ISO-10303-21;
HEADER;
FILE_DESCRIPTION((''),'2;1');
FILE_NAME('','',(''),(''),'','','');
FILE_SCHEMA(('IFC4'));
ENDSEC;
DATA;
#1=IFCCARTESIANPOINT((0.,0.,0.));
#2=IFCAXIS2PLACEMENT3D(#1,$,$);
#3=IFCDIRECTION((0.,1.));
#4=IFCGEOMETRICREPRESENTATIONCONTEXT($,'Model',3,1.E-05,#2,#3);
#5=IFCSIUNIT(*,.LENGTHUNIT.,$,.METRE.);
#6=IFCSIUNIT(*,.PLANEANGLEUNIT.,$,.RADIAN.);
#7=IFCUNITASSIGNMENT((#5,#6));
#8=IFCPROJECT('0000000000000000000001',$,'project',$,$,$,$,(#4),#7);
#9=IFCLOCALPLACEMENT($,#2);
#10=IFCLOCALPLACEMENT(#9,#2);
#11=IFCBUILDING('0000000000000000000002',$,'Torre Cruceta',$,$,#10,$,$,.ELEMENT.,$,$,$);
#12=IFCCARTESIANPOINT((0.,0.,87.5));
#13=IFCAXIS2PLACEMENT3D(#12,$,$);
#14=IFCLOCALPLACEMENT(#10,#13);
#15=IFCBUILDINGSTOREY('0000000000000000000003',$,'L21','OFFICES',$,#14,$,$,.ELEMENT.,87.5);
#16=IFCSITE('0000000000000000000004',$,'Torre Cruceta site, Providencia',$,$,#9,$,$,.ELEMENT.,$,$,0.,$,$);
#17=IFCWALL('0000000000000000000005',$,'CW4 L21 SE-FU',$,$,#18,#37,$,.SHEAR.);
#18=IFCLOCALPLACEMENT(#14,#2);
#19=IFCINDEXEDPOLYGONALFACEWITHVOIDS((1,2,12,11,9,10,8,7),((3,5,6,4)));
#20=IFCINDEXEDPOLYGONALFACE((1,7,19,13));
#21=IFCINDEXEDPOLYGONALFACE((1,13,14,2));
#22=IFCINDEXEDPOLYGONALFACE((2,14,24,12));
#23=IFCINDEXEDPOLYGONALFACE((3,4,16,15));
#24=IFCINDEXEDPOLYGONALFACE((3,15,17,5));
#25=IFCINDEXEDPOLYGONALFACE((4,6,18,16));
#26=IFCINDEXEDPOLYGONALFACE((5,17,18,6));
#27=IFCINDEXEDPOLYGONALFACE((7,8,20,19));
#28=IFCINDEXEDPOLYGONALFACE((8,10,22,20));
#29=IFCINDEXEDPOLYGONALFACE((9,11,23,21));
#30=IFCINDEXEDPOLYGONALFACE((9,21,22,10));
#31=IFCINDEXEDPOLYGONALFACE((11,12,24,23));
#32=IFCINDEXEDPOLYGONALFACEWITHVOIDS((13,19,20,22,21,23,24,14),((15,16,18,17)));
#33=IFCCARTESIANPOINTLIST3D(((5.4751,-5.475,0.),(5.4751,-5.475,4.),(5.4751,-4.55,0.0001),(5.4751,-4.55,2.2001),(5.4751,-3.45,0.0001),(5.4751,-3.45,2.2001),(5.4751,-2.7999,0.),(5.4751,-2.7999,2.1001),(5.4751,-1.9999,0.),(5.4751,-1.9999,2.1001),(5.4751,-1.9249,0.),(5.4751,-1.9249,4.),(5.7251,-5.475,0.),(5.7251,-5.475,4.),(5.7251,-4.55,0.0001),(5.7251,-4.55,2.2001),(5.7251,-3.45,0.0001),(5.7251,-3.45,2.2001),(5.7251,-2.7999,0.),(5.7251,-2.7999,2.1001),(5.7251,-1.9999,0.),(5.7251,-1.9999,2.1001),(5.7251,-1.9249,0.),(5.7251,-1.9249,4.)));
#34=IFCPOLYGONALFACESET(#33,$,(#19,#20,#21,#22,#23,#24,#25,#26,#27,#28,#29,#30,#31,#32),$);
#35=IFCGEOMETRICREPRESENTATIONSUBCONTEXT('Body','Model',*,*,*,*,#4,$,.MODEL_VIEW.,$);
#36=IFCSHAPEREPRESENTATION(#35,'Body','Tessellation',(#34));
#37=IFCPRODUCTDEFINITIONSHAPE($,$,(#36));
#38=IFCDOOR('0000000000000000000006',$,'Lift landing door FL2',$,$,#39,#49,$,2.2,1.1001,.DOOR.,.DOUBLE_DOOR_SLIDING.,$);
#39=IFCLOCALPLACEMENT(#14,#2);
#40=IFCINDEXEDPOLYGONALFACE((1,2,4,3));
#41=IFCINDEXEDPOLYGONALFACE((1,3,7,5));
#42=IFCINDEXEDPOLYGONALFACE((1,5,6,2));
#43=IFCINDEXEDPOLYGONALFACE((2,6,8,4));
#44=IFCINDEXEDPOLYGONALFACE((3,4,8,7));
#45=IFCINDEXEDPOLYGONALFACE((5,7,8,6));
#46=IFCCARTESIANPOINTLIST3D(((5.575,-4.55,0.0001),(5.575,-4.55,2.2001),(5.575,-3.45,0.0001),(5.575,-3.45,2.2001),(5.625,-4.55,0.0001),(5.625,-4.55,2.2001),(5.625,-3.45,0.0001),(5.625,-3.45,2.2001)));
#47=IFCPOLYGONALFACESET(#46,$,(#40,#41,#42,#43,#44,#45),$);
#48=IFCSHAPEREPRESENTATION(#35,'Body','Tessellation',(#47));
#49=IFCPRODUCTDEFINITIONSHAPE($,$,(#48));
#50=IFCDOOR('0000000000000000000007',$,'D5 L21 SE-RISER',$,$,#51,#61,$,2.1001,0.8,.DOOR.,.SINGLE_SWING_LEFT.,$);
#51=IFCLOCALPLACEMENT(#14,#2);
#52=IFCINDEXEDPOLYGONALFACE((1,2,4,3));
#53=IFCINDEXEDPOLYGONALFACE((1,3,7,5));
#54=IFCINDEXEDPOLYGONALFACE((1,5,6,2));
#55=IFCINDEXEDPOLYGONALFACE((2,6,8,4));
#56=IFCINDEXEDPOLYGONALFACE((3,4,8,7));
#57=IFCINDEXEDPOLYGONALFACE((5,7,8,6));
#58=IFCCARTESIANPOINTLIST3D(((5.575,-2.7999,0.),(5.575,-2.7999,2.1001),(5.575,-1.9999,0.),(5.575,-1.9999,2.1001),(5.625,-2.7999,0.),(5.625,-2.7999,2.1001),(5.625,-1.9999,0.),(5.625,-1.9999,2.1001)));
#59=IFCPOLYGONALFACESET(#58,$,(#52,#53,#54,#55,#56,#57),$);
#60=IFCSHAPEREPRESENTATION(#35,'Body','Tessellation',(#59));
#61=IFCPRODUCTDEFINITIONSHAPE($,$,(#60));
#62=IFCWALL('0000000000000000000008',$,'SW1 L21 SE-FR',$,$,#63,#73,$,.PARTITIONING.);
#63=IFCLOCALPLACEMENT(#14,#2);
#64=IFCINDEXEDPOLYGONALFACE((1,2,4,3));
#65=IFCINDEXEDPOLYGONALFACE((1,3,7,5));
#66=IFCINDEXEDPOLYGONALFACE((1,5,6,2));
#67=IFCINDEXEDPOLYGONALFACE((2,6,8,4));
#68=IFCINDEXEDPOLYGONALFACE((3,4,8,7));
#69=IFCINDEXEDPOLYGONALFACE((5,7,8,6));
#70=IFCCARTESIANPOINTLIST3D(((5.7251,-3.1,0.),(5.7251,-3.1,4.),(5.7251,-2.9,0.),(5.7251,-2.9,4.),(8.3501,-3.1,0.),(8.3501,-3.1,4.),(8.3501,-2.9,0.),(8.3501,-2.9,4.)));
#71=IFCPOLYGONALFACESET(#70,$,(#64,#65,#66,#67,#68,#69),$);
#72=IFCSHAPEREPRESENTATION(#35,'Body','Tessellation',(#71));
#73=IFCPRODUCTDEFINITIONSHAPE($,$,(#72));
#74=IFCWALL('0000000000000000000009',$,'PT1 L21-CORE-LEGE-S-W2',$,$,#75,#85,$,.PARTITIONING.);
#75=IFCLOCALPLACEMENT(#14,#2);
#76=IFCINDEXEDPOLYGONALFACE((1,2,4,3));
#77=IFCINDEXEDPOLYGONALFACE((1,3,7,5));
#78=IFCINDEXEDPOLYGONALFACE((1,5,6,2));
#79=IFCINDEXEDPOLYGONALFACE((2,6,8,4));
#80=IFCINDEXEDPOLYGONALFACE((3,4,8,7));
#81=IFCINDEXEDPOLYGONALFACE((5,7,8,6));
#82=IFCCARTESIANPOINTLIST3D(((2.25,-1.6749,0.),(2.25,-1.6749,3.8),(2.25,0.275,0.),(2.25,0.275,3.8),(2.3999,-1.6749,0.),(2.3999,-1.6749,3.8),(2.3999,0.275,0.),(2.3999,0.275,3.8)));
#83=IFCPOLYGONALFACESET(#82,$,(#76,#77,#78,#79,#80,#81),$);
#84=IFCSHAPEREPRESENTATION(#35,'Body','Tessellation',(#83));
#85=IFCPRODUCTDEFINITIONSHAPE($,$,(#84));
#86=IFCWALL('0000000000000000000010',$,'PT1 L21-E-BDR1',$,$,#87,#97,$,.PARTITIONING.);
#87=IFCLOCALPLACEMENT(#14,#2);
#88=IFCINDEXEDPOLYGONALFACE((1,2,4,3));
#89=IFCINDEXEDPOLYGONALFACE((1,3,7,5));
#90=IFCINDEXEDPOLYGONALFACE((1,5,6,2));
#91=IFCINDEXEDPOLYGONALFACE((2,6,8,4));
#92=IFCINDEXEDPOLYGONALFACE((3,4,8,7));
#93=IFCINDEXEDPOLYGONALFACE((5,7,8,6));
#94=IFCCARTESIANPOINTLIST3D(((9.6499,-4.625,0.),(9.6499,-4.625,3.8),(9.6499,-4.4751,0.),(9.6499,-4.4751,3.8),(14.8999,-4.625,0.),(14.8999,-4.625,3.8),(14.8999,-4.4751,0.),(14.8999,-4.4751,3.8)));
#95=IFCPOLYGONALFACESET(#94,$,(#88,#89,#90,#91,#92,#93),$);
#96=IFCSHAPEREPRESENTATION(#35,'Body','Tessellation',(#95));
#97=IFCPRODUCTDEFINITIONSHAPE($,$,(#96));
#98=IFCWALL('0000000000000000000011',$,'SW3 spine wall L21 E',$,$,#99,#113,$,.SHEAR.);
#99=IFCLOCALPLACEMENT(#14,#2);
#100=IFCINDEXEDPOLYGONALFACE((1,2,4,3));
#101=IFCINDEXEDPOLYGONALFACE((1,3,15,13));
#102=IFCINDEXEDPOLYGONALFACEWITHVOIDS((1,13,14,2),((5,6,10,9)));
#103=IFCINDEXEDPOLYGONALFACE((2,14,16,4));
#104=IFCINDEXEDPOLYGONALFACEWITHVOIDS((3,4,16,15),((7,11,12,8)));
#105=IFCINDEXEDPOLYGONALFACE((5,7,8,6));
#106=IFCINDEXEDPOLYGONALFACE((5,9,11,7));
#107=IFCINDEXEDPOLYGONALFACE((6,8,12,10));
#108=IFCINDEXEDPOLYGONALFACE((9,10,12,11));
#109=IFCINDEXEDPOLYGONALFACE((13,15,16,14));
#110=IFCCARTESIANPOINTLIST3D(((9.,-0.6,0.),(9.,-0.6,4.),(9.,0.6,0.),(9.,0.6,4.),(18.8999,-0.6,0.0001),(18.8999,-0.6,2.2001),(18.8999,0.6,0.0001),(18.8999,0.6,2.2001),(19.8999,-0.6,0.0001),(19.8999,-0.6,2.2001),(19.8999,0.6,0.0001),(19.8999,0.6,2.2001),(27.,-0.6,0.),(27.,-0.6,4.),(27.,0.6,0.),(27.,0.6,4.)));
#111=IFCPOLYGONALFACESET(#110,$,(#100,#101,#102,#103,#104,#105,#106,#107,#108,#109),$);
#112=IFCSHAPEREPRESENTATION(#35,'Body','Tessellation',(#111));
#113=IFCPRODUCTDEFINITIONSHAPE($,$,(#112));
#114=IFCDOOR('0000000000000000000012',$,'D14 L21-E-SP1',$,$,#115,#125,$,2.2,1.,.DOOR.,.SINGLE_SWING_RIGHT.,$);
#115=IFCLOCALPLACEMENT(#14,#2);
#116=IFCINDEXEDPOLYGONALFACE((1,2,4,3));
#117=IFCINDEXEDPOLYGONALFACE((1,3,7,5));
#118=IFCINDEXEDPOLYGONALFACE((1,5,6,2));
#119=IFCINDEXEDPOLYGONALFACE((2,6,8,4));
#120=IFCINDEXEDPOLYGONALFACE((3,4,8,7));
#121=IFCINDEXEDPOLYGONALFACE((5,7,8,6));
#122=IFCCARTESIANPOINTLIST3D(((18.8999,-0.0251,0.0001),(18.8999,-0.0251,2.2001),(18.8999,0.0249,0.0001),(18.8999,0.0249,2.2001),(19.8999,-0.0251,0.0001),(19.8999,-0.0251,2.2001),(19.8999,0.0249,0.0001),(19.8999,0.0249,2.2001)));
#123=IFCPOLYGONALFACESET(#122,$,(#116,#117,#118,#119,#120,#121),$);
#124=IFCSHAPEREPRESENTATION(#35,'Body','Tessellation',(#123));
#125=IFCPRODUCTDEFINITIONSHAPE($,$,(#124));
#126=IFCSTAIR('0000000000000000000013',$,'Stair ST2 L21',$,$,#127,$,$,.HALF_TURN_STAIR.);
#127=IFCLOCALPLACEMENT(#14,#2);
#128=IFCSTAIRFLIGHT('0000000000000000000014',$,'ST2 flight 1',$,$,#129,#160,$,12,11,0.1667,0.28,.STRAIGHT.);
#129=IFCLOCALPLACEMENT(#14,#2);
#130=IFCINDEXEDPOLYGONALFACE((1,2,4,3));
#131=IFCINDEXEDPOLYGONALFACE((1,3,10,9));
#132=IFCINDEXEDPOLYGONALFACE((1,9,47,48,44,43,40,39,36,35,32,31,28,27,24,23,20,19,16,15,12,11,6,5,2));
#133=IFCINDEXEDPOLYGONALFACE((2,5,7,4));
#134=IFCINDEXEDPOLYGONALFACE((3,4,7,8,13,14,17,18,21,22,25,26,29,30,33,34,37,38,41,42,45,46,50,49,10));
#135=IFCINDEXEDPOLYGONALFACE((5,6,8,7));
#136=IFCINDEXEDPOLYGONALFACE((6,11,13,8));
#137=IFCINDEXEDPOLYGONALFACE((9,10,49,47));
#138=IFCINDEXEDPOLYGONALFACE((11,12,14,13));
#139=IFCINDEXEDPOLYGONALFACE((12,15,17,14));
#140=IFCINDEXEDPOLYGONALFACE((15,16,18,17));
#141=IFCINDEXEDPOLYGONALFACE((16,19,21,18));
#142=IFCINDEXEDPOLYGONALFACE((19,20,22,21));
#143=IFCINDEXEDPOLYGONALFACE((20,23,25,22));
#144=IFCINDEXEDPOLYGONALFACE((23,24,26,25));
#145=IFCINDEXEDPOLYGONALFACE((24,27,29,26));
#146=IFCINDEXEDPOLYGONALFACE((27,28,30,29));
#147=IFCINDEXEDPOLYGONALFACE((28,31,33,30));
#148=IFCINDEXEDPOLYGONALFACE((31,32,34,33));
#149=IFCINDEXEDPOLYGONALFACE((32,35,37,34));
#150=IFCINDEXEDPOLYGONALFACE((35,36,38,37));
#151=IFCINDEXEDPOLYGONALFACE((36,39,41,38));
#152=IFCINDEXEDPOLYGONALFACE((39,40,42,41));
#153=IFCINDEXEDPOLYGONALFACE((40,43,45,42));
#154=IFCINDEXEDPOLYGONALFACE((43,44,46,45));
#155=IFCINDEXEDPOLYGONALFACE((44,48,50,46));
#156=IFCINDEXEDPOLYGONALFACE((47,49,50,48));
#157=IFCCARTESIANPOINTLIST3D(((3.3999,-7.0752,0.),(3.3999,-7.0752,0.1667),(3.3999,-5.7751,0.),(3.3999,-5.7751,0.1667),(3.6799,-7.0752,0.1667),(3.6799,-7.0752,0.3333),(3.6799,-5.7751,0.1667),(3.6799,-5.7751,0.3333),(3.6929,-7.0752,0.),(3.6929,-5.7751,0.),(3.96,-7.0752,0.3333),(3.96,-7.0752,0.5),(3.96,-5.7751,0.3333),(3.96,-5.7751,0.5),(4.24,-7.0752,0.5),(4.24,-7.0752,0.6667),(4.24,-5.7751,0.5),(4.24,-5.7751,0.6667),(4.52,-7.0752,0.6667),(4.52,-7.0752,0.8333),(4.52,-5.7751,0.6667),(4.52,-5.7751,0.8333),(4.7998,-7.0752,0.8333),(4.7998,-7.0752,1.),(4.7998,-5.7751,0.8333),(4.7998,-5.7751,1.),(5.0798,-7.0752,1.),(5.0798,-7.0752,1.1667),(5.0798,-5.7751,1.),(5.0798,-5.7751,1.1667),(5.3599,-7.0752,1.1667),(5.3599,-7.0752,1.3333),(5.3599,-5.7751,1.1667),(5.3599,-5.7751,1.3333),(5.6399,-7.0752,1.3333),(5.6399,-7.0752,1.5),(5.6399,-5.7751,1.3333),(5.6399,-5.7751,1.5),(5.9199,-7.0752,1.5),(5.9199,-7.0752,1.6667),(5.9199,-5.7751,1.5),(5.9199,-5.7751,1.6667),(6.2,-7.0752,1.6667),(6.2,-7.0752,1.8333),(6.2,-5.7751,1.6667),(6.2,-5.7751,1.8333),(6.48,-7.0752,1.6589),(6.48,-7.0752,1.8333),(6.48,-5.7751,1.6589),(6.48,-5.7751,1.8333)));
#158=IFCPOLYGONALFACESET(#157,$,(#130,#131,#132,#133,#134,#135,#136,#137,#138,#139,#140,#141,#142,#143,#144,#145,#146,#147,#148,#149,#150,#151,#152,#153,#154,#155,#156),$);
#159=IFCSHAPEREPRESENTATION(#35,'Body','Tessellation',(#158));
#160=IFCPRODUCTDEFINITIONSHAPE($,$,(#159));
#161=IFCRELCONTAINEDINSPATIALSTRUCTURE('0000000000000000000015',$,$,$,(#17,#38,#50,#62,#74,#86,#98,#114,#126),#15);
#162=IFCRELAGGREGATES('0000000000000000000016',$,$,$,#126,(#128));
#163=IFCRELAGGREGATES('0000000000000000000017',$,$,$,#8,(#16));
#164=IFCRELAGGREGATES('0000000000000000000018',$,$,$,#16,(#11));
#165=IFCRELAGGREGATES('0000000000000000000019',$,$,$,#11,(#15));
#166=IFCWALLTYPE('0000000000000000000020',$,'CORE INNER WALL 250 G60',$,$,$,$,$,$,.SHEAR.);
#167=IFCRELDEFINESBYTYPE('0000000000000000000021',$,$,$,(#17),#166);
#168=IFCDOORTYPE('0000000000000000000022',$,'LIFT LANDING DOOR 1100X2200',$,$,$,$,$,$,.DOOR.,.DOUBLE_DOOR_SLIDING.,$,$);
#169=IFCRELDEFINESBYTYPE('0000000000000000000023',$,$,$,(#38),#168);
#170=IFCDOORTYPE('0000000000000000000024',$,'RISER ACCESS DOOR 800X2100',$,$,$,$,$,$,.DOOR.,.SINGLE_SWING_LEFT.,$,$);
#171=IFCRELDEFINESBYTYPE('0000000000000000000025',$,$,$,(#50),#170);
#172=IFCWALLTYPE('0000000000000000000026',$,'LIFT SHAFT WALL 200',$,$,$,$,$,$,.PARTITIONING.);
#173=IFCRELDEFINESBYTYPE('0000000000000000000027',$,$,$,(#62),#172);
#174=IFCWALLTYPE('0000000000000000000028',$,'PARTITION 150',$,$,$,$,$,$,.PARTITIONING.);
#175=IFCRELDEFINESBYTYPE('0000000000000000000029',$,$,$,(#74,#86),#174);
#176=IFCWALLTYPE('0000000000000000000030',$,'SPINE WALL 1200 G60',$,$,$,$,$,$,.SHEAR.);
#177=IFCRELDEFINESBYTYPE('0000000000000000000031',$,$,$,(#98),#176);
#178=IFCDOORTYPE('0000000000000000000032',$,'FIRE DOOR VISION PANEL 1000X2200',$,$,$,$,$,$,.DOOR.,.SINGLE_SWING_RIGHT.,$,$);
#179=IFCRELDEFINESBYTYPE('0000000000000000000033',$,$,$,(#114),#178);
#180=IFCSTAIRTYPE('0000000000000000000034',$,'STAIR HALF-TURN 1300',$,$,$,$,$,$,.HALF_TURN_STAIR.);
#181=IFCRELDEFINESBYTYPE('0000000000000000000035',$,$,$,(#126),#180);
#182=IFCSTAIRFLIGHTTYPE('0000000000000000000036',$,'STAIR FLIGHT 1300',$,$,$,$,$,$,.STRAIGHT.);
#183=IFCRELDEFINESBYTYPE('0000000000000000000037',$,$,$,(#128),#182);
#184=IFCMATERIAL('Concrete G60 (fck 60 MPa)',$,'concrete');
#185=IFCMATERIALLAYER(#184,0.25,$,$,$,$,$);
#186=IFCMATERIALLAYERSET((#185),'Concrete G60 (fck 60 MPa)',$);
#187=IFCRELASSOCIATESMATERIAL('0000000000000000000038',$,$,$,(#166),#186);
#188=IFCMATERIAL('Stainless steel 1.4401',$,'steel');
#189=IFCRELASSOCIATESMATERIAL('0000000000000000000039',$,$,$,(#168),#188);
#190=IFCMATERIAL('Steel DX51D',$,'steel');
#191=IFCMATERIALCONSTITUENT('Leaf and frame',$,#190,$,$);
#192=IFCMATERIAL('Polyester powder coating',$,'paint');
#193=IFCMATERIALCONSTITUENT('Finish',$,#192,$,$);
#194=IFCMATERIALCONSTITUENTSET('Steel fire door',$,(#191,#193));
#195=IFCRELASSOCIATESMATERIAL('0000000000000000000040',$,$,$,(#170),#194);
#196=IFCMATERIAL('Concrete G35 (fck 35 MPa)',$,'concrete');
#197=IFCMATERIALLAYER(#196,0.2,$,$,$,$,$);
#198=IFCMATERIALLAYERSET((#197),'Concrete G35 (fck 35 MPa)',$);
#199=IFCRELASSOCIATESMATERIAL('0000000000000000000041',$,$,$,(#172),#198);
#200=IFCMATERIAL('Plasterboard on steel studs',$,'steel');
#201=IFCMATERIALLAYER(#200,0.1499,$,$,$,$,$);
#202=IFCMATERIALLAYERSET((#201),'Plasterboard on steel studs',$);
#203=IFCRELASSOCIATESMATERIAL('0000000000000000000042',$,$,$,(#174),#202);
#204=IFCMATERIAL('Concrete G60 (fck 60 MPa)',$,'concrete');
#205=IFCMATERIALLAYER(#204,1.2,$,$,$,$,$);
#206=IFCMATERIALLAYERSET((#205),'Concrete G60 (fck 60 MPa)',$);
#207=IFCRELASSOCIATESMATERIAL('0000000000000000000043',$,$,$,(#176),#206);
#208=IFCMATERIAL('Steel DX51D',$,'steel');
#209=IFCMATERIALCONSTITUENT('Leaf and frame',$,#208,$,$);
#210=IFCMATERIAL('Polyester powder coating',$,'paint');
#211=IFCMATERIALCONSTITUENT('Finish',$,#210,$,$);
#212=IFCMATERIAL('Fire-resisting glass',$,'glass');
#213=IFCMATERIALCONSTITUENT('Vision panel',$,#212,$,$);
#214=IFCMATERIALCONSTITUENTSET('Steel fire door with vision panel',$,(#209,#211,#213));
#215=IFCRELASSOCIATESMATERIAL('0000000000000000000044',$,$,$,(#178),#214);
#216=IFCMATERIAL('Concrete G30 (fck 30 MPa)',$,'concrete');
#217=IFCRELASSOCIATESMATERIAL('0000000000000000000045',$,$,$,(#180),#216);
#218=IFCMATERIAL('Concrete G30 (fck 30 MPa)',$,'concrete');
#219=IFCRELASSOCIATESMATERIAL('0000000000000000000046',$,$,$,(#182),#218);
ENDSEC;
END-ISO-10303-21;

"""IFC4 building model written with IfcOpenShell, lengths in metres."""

from ifc_helpers import new_model, si_unit, direction, frame, frame_2d, origin, place, context, subcontext, project, spatial, polyline, rectangle, outline, extrude, material, layer, layer_set, constituent, constituent_set, type_object, element, fill, aggregate, save


model = new_model("IFC4")

# Units and contexts
model_context = context("Model", 3, precision=1e-05, world=origin(), true_north=direction((0.0, 1.0)))
body_context = subcontext(model_context, "Body", "Model", "MODEL_VIEW")
ifc_project = project(units=[si_unit("LENGTHUNIT", "METRE"), si_unit("PLANEANGLEUNIT", "RADIAN")], contexts=[model_context])

# Site, building, storey
site_placement = place(None, origin())
site = spatial("IfcSite", under=ifc_project, at=site_placement, Name="Torre Cruceta site, Providencia", CompositionType="ELEMENT", RefElevation=0.0)
building_placement = place(site_placement, origin())
building = spatial("IfcBuilding", under=site, at=building_placement, Name="Torre Cruceta", CompositionType="ELEMENT")
storey_placement = place(building_placement, frame((0.0, 0.0, 87.5)))
storey = spatial("IfcBuildingStorey", under=building, at=storey_placement, Name="L21", Description="OFFICES", CompositionType="ELEMENT", Elevation=87.5)

# Shared definitions
ifc_material_1 = material(Name="Concrete G60 (fck 60 MPa)", Category="concrete")
ifc_layer_1 = layer(ifc_material_1, 0.25)
ifc_layer_set_1 = layer_set([ifc_layer_1], Name="Concrete G60 (fck 60 MPa)")
wall_type_1 = type_object("IfcWallType", Name="CORE INNER WALL 250 G60", PredefinedType="SHEAR", material=ifc_layer_set_1)

# Wall, openings, doors
wall_1_placement = place(storey_placement, frame((5.6001, -1.925, 0.0), z_axis=(0.0, 0.0, 1.0), x_axis=(0.0, -1.0, 0.0)))
wall_1 = element("IfcWall", 1, at=wall_1_placement, inside=storey, type_object=wall_type_1, Name="CW4 L21 SE-FU", PredefinedType="SHEAR", context=body_context, shape_type="SweptSolid", body=[
    extrude(rectangle(XDim=3.55, YDim=0.25, at=frame_2d((1.7749, 0.0))), origin(), (0.0, 0.0, 1.0), 4.0),
])
opening_1_placement = place(wall_1_placement, frame((1.5249, 0.0, 0.0)))
opening_1 = element("IfcOpeningElement", 2, at=opening_1_placement, cuts=wall_1, PredefinedType="OPENING", context=body_context, shape_type="SweptSolid", body=[
    extrude(rectangle(XDim=1.1001, YDim=2.2, at=frame_2d((0.55, 1.1001))), frame((0.0, 0.135, 0.0), z_axis=(0.0, -1.0, 0.0), x_axis=(1.0, 0.0, 0.0)), (0.0, 0.0, 1.0), 0.27),
])
opening_2_placement = place(wall_1_placement, frame((0.075, 0.0, 0.0)))
opening_2 = element("IfcOpeningElement", 3, at=opening_2_placement, cuts=wall_1, PredefinedType="OPENING", context=body_context, shape_type="SweptSolid", body=[
    extrude(rectangle(XDim=0.8, YDim=2.1001, at=frame_2d((0.3999, 1.05))), frame((0.0, 0.135, 0.0), z_axis=(0.0, -1.0, 0.0), x_axis=(1.0, 0.0, 0.0)), (0.0, 0.0, 1.0), 0.27),
])
ifc_material_2 = material(Name="Stainless steel 1.4401", Category="steel")
door_type_1 = type_object("IfcDoorType", Name="LIFT LANDING DOOR 1100X2200", OperationType="DOUBLE_DOOR_SLIDING", PredefinedType="DOOR", material=ifc_material_2)
door_1_placement = place(opening_1_placement, origin())
door_1 = element("IfcDoor", 4, at=door_1_placement, inside=storey, type_object=door_type_1, Name="Lift landing door FL2", OperationType="DOUBLE_DOOR_SLIDING", OverallHeight=2.2, OverallWidth=1.1001, PredefinedType="DOOR", context=body_context, shape_type="SweptSolid", body=[
    extrude(rectangle(XDim=1.1001, YDim=2.2, at=frame_2d((0.55, 1.1001))), frame((0.0, 0.0249, 0.0), z_axis=(0.0, -1.0, 0.0), x_axis=(1.0, 0.0, 0.0)), (0.0, 0.0, 1.0), 0.05),
])
fill(opening_1, door_1)
ifc_material_3 = material(Name="Steel DX51D", Category="steel")
ifc_constituent_1 = constituent(ifc_material_3, Name="Leaf and frame")
ifc_material_4 = material(Name="Polyester powder coating", Category="paint")
ifc_constituent_2 = constituent(ifc_material_4, Name="Finish")
ifc_constituent_set_1 = constituent_set(constituents=[ifc_constituent_1, ifc_constituent_2], Name="Steel fire door")
door_type_2 = type_object("IfcDoorType", Name="RISER ACCESS DOOR 800X2100", OperationType="SINGLE_SWING_LEFT", PredefinedType="DOOR", material=ifc_constituent_set_1)
door_2_placement = place(opening_2_placement, origin())
door_2 = element("IfcDoor", 5, at=door_2_placement, inside=storey, type_object=door_type_2, Name="D5 L21 SE-RISER", OperationType="SINGLE_SWING_LEFT", OverallHeight=2.1001, OverallWidth=0.8, PredefinedType="DOOR", context=body_context, shape_type="SweptSolid", body=[
    extrude(rectangle(XDim=0.8, YDim=2.1001, at=frame_2d((0.3999, 1.05))), frame((0.0, 0.0249, 0.0), z_axis=(0.0, -1.0, 0.0), x_axis=(1.0, 0.0, 0.0)), (0.0, 0.0, 1.0), 0.05),
])
fill(opening_2, door_2)

# Walls
ifc_material_5 = material(Name="Concrete G35 (fck 35 MPa)", Category="concrete")
ifc_layer_2 = layer(ifc_material_5, 0.2)
ifc_layer_set_2 = layer_set([ifc_layer_2], Name="Concrete G35 (fck 35 MPa)")
wall_type_2 = type_object("IfcWallType", Name="LIFT SHAFT WALL 200", PredefinedType="PARTITIONING", material=ifc_layer_set_2)
wall_2_placement = place(storey_placement, frame((5.7251, -3.0, 0.0), z_axis=(0.0, 0.0, 1.0), x_axis=(1.0, 0.0, 0.0)))
element("IfcWall", 6, at=wall_2_placement, inside=storey, type_object=wall_type_2, Name="SW1 L21 SE-FR", PredefinedType="PARTITIONING", context=body_context, shape_type="SweptSolid", body=[
    extrude(rectangle(XDim=2.625, YDim=0.2, at=frame_2d((1.3125, 0.0))), origin(), (0.0, 0.0, 1.0), 4.0),
])
ifc_material_6 = material(Name="Plasterboard on steel studs", Category="steel")
ifc_layer_3 = layer(ifc_material_6, 0.1499)
ifc_layer_set_3 = layer_set([ifc_layer_3], Name="Plasterboard on steel studs")
wall_type_3 = type_object("IfcWallType", Name="PARTITION 150", PredefinedType="PARTITIONING", material=ifc_layer_set_3)
wall_3_placement = place(storey_placement, frame((2.325, -1.675, 0.0), z_axis=(0.0, 0.0, 1.0), x_axis=(0.0, 1.0, 0.0)))
element("IfcWall", 7, at=wall_3_placement, inside=storey, type_object=wall_type_3, Name="PT1 L21-CORE-LEGE-S-W2", PredefinedType="PARTITIONING", context=body_context, shape_type="SweptSolid", body=[
    extrude(rectangle(XDim=1.95, YDim=0.1499, at=frame_2d((0.9751, 0.0))), origin(), (0.0, 0.0, 1.0), 3.8),
])
wall_4_placement = place(storey_placement, frame((9.6499, -4.55, 0.0), z_axis=(0.0, 0.0, 1.0), x_axis=(1.0, 0.0, 0.0)))
element("IfcWall", 8, at=wall_4_placement, inside=storey, type_object=wall_type_3, Name="PT1 L21-E-BDR1", PredefinedType="PARTITIONING", context=body_context, shape_type="SweptSolid", body=[
    extrude(rectangle(XDim=5.25, YDim=0.1499, at=frame_2d((2.625, 0.0))), origin(), (0.0, 0.0, 1.0), 3.8),
])

# Wall, opening, door
ifc_material_7 = material(Name="Concrete G60 (fck 60 MPa)", Category="concrete")
ifc_layer_4 = layer(ifc_material_7, 1.2)
ifc_layer_set_4 = layer_set([ifc_layer_4], Name="Concrete G60 (fck 60 MPa)")
wall_type_4 = type_object("IfcWallType", Name="SPINE WALL 1200 G60", PredefinedType="SHEAR", material=ifc_layer_set_4)
wall_5_placement = place(storey_placement, frame((9.0, 0.0, 0.0), z_axis=(0.0, 0.0, 1.0), x_axis=(1.0, 0.0, 0.0)))
wall_5 = element("IfcWall", 9, at=wall_5_placement, inside=storey, type_object=wall_type_4, Name="SW3 spine wall L21 E", PredefinedType="SHEAR", context=body_context, shape_type="SweptSolid", body=[
    extrude(rectangle(XDim=18.0, YDim=1.2, at=frame_2d((9.0, 0.0))), origin(), (0.0, 0.0, 1.0), 4.0),
])
opening_3_placement = place(wall_5_placement, frame((9.8999, 0.0, 0.0)))
opening_3 = element("IfcOpeningElement", 10, at=opening_3_placement, cuts=wall_5, PredefinedType="OPENING", context=body_context, shape_type="SweptSolid", body=[
    extrude(rectangle(XDim=1.0, YDim=2.2, at=frame_2d((0.5, 1.1001))), frame((0.0, 0.6099, 0.0), z_axis=(0.0, -1.0, 0.0), x_axis=(1.0, 0.0, 0.0)), (0.0, 0.0, 1.0), 1.22),
])
ifc_material_8 = material(Name="Steel DX51D", Category="steel")
ifc_constituent_3 = constituent(ifc_material_8, Name="Leaf and frame")
ifc_material_9 = material(Name="Polyester powder coating", Category="paint")
ifc_constituent_4 = constituent(ifc_material_9, Name="Finish")
ifc_material_10 = material(Name="Fire-resisting glass", Category="glass")
ifc_constituent_5 = constituent(ifc_material_10, Name="Vision panel")
ifc_constituent_set_2 = constituent_set(constituents=[ifc_constituent_3, ifc_constituent_4, ifc_constituent_5], Name="Steel fire door with vision panel")
door_type_3 = type_object("IfcDoorType", Name="FIRE DOOR VISION PANEL 1000X2200", OperationType="SINGLE_SWING_RIGHT", PredefinedType="DOOR", material=ifc_constituent_set_2)
door_3_placement = place(opening_3_placement, origin())
door_3 = element("IfcDoor", 11, at=door_3_placement, inside=storey, type_object=door_type_3, Name="D14 L21-E-SP1", OperationType="SINGLE_SWING_RIGHT", OverallHeight=2.2, OverallWidth=1.0, PredefinedType="DOOR", context=body_context, shape_type="SweptSolid", body=[
    extrude(rectangle(XDim=1.0, YDim=2.2, at=frame_2d((0.5, 1.1001))), frame((0.0, 0.0249, 0.0), z_axis=(0.0, -1.0, 0.0), x_axis=(1.0, 0.0, 0.0)), (0.0, 0.0, 1.0), 0.05),
])
fill(opening_3, door_3)

# Stair, stair flight
ifc_material_11 = material(Name="Concrete G30 (fck 30 MPa)", Category="concrete")
stair_type = type_object("IfcStairType", Name="STAIR HALF-TURN 1300", PredefinedType="HALF_TURN_STAIR", material=ifc_material_11)
stair_placement = place(storey_placement, origin())
stair = element("IfcStair", 12, at=stair_placement, inside=storey, type_object=stair_type, Name="Stair ST2 L21", PredefinedType="HALF_TURN_STAIR")
ifc_material_12 = material(Name="Concrete G30 (fck 30 MPa)", Category="concrete")
stair_flight_type = type_object("IfcStairFlightType", Name="STAIR FLIGHT 1300", PredefinedType="STRAIGHT", material=ifc_material_12)
stair_flight_1_placement = place(storey_placement, frame((3.3999, -6.425, 0.0), z_axis=(0.0, 0.0, 1.0), x_axis=(1.0, 0.0, 0.0)))
stair_flight_1 = element("IfcStairFlight", 13, at=stair_flight_1_placement, type_object=stair_flight_type, Name="ST2 flight 1", NumberOfRisers=12, NumberOfTreads=11, PredefinedType="STRAIGHT", RiserHeight=0.1667, TreadLength=0.28, context=body_context, shape_type="SweptSolid", body=[
    extrude(outline(polyline([(0.0, 0.0), (0.0, 0.1667), (0.28, 0.1667), (0.28, 0.3333), (0.5601, 0.3333), (0.5601, 0.5), (0.8401, 0.5), (0.8401, 0.6667), (1.1201, 0.6667), (1.1201, 0.8333), (1.3999, 0.8333), (1.3999, 1.0), (1.6799, 1.0), (1.6799, 1.1667), (1.96, 1.1667), (1.96, 1.3333), (2.24, 1.3333), (2.24, 1.5), (2.52, 1.5), (2.52, 1.6667), (2.8, 1.6667), (2.8, 1.8333), (3.0801, 1.8333), (3.0801, 2.0), (3.0801, 1.6589), (0.293, 0.0), (0.0, 0.0)])), frame((0.0, 0.6499, 0.0), z_axis=(0.0, -1.0, 0.0), x_axis=(1.0, 0.0, 0.0)), (0.0, 0.0, 1.0), 1.3),
])
aggregate(stair, [stair_flight_1])

save(model, "model.ifc")
